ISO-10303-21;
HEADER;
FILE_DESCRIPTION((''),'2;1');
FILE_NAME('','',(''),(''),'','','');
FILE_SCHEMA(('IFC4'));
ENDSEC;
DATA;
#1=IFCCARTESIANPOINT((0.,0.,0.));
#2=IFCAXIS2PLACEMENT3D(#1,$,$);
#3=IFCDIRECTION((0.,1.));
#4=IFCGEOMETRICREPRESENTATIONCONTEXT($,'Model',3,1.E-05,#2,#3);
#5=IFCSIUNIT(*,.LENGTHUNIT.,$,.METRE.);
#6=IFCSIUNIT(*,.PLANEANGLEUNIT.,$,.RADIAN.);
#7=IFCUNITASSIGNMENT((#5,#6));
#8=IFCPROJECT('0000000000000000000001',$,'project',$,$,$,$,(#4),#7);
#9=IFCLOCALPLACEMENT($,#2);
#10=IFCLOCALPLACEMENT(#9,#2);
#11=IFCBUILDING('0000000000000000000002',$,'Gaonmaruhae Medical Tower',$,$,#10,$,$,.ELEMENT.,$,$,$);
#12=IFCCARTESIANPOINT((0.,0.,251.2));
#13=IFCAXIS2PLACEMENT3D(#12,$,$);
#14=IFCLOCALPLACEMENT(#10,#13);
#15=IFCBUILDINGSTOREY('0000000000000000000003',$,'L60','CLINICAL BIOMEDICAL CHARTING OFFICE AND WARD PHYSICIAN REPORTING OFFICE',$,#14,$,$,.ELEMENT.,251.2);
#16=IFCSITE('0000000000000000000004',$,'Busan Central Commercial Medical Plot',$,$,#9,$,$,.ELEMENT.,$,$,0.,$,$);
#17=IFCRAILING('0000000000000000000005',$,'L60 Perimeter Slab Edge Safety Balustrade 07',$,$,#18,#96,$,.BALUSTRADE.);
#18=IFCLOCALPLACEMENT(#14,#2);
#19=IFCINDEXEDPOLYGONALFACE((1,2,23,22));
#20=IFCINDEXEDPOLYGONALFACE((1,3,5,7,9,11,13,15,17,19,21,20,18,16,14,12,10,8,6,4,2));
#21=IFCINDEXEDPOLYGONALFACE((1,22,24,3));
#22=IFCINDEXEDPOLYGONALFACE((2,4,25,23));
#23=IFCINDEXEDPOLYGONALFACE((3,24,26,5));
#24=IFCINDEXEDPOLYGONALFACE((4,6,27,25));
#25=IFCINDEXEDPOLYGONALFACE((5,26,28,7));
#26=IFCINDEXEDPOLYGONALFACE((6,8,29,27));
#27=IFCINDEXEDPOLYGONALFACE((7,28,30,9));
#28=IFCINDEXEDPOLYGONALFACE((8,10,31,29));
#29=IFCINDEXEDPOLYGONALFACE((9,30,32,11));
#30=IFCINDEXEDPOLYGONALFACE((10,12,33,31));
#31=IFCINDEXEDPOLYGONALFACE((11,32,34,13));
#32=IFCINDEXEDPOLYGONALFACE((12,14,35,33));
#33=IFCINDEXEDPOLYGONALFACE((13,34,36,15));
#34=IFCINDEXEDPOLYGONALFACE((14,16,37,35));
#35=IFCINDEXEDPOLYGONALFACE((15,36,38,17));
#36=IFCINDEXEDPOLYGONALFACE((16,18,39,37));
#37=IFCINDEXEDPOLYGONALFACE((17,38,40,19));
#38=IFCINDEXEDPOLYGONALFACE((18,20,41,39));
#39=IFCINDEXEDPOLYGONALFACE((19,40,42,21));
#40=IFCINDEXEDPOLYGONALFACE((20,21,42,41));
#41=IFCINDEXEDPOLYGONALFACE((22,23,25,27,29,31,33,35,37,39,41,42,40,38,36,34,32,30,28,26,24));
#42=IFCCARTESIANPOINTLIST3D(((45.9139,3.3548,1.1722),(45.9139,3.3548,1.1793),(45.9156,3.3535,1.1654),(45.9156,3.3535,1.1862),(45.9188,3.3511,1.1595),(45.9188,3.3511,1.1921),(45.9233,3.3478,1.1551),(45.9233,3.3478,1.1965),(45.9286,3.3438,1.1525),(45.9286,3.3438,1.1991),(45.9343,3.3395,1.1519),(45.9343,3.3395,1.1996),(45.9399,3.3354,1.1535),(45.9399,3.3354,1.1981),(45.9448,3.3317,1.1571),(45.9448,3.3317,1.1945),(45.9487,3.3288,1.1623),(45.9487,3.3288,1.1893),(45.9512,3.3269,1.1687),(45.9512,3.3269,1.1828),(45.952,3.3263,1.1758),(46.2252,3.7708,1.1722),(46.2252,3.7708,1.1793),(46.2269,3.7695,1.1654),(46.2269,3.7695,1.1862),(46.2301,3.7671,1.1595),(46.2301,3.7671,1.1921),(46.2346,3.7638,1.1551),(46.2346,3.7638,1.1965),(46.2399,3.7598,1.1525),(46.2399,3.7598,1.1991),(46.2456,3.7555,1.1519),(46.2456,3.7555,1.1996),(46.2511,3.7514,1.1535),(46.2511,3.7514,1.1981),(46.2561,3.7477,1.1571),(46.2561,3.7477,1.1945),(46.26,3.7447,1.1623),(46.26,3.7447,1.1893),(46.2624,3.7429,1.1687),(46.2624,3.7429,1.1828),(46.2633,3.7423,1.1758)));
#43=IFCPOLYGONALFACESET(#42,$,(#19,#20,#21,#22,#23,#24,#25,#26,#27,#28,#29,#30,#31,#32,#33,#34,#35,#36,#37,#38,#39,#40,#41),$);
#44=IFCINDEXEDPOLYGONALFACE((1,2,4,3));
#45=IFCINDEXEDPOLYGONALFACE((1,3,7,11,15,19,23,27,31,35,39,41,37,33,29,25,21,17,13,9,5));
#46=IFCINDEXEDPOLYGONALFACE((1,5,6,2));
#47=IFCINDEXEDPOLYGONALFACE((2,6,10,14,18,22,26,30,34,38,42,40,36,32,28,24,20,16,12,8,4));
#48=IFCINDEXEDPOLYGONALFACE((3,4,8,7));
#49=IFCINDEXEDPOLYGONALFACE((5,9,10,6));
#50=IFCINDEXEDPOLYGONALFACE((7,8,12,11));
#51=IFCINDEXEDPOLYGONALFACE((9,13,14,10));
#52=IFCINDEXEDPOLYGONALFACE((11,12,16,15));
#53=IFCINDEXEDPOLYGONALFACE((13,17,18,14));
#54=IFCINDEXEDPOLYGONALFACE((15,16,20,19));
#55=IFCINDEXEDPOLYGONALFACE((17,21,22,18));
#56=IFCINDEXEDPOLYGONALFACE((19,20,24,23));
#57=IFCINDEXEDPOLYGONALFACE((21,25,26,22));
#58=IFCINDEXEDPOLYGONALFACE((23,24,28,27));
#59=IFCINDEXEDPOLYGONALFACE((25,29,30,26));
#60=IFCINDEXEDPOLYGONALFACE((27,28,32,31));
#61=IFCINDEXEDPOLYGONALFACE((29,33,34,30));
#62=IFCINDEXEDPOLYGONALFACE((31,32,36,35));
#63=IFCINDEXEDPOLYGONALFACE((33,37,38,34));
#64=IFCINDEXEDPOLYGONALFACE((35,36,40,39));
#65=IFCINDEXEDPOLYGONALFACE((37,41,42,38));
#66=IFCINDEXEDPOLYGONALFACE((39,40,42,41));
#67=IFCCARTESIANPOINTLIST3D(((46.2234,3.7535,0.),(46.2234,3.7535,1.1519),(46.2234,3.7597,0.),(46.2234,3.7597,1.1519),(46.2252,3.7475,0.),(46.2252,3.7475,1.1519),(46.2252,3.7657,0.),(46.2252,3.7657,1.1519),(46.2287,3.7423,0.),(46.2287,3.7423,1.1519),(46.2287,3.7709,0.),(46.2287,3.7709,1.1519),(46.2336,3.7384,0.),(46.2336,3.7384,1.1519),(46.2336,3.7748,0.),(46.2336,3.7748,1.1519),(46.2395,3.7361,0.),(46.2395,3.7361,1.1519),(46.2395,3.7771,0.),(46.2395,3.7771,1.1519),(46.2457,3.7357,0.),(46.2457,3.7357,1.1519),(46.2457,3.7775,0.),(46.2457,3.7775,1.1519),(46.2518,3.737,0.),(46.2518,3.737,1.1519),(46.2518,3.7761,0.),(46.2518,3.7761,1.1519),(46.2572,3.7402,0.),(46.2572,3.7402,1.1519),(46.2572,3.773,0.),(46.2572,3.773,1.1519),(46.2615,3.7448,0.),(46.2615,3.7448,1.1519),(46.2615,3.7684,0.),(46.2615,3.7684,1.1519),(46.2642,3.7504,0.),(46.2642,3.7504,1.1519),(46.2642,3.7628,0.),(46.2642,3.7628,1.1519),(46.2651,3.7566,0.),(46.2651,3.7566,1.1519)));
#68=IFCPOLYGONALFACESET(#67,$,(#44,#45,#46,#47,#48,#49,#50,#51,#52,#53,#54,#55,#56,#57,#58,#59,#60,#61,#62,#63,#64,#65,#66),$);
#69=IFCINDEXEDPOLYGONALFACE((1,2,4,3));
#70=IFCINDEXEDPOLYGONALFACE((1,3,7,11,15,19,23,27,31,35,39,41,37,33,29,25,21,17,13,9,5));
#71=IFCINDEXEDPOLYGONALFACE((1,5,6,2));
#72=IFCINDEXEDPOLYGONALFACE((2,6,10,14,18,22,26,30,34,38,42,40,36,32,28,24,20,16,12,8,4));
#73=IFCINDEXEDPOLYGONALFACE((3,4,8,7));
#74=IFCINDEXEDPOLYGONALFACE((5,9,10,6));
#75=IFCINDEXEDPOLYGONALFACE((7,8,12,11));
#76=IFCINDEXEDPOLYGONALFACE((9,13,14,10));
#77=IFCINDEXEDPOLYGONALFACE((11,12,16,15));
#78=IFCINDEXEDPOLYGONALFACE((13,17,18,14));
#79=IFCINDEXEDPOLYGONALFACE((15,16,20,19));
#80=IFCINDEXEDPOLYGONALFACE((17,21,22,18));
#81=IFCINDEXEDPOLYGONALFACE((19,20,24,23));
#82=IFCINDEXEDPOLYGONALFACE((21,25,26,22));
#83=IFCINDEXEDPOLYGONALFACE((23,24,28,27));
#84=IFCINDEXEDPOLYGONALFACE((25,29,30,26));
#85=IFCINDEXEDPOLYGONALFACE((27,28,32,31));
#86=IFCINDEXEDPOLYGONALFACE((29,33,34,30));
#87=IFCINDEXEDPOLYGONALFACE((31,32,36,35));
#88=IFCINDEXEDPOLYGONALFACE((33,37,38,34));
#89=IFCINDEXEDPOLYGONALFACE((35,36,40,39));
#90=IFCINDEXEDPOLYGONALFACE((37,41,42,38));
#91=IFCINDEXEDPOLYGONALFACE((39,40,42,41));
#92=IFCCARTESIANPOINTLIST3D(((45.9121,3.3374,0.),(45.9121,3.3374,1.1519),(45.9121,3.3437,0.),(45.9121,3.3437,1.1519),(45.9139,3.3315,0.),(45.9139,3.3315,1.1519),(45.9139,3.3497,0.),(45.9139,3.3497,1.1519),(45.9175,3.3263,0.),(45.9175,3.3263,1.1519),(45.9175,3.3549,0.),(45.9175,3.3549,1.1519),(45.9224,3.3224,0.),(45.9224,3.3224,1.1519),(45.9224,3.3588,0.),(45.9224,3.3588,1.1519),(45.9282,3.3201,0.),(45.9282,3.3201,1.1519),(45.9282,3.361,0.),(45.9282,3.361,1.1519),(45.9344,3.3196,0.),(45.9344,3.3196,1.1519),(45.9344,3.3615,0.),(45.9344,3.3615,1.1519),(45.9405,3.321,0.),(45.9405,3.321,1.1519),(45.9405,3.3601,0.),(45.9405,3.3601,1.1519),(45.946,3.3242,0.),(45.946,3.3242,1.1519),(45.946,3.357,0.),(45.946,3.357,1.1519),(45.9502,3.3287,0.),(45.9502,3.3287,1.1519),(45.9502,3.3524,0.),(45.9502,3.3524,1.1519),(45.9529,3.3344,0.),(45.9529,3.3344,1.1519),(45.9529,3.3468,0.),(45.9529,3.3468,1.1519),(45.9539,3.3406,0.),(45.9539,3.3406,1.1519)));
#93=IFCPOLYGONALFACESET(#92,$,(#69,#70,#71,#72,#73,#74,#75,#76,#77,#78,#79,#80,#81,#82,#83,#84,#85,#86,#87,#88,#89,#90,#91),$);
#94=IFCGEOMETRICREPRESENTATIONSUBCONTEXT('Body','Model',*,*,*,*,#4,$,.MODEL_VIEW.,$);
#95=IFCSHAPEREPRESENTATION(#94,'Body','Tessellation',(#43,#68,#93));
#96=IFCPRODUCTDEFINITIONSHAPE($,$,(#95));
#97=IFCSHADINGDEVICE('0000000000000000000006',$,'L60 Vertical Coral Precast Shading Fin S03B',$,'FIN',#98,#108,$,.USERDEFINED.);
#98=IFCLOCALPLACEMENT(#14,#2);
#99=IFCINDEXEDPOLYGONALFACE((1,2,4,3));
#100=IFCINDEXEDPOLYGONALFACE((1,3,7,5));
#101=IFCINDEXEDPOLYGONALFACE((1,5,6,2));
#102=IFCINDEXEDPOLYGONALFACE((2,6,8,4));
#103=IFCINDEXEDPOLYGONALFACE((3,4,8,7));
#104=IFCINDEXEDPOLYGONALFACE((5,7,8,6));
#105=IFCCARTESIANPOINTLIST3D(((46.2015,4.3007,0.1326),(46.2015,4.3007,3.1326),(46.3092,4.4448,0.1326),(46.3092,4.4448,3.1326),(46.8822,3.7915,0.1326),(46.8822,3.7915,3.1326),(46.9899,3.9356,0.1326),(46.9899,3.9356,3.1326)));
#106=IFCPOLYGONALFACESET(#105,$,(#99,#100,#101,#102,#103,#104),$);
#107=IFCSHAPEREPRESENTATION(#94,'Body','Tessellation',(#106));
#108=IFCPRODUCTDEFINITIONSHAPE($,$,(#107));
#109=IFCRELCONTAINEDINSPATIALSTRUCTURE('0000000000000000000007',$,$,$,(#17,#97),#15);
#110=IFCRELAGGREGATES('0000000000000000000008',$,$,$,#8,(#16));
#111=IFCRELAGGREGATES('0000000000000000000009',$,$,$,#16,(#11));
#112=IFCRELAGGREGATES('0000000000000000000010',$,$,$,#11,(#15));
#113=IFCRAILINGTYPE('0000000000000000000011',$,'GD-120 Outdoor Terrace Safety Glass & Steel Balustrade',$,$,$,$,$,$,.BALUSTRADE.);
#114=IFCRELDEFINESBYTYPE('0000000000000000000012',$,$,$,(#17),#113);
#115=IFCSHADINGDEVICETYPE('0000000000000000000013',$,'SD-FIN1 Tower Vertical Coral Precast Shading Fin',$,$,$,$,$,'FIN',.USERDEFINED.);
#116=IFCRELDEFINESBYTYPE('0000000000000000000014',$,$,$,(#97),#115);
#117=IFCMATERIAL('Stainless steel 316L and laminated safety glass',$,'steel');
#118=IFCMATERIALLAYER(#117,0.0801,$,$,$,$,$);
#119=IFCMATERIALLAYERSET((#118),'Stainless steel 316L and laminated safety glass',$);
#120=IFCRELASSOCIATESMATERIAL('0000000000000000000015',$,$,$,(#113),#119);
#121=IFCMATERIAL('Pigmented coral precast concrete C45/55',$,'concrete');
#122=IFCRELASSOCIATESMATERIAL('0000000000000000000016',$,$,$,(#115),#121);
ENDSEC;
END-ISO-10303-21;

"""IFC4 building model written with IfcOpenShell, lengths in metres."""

from ifc_helpers import new_model, si_unit, direction, frame, origin, origin_2d, place, context, subcontext, project, spatial, rectangle, circle, extrude, material, layer, layer_set, type_object, element, save


model = new_model("IFC4")

# Units and contexts
model_context = context("Model", 3, precision=1e-05, world=origin(), true_north=direction((0.0, 1.0)))
body_context = subcontext(model_context, "Body", "Model", "MODEL_VIEW")
ifc_project = project(units=[si_unit("LENGTHUNIT", "METRE"), si_unit("PLANEANGLEUNIT", "RADIAN")], contexts=[model_context])

# Site, building, storey
site_placement = place(None, origin())
site = spatial("IfcSite", under=ifc_project, at=site_placement, Name="Busan Central Commercial Medical Plot", CompositionType="ELEMENT", RefElevation=0.0)
building_placement = place(site_placement, origin())
building = spatial("IfcBuilding", under=site, at=building_placement, Name="Gaonmaruhae Medical Tower", CompositionType="ELEMENT")
storey_placement = place(building_placement, frame((0.0, 0.0, 251.2)))
storey = spatial("IfcBuildingStorey", under=building, at=storey_placement, Name="L60", Description="CLINICAL BIOMEDICAL CHARTING OFFICE AND WARD PHYSICIAN REPORTING OFFICE", CompositionType="ELEMENT", Elevation=251.2)

# Railing
ifc_material_1 = material(Name="Stainless steel 316L and laminated safety glass", Category="steel")
ifc_layer_1 = layer(ifc_material_1, 0.0801)
ifc_layer_set_1 = layer_set([ifc_layer_1], Name="Stainless steel 316L and laminated safety glass")
railing_type = type_object("IfcRailingType", Name="GD-120 Outdoor Terrace Safety Glass & Steel Balustrade", PredefinedType="BALUSTRADE", material=ifc_layer_set_1)
railing_placement = place(storey_placement, frame((46.2441, 3.7566, 0.0)))
element("IfcRailing", 1, at=railing_placement, inside=storey, type_object=railing_type, Name="L60 Perimeter Slab Edge Safety Balustrade 07", PredefinedType="BALUSTRADE", context=body_context, shape_type="SweptSolid", body=[
    extrude(circle(Radius=0.0239, at=origin_2d()), frame((0.0, 0.0, 1.1758), z_axis=(-0.599097, -0.800676, 0.0), x_axis=(0.800676, -0.599097, 0.0)), (0.0, 0.0, 1.0), 0.5195),
    extrude(circle(Radius=0.021, at=origin_2d()), origin(), (0.0, 0.0, 1.0), 1.1519),
    extrude(circle(Radius=0.021, at=origin_2d()), frame((-0.3113, -0.416, 0.0)), (0.0, 0.0, 1.0), 1.1519),
])

# Shading device
ifc_material_2 = material(Name="Pigmented coral precast concrete C45/55", Category="concrete")
shading_device_type = type_object("IfcShadingDeviceType", Name="SD-FIN1 Tower Vertical Coral Precast Shading Fin", ElementType="FIN", PredefinedType="USERDEFINED", material=ifc_material_2)
shading_device_placement = place(storey_placement, frame((46.5957, 4.1182, 0.1326), z_axis=(0.0, 0.0, 1.0), x_axis=(-0.599024, -0.800731, 0.0)))
element("IfcShadingDevice", 2, at=shading_device_placement, inside=storey, type_object=shading_device_type, Name="L60 Vertical Coral Precast Shading Fin S03B", ObjectType="FIN", PredefinedType="USERDEFINED", context=body_context, shape_type="SweptSolid", body=[
    extrude(rectangle(XDim=0.1799, YDim=0.8501, at=origin_2d()), origin(), (0.0, 0.0, 1.0), 3.0),
])

save(model, "model.ifc")
